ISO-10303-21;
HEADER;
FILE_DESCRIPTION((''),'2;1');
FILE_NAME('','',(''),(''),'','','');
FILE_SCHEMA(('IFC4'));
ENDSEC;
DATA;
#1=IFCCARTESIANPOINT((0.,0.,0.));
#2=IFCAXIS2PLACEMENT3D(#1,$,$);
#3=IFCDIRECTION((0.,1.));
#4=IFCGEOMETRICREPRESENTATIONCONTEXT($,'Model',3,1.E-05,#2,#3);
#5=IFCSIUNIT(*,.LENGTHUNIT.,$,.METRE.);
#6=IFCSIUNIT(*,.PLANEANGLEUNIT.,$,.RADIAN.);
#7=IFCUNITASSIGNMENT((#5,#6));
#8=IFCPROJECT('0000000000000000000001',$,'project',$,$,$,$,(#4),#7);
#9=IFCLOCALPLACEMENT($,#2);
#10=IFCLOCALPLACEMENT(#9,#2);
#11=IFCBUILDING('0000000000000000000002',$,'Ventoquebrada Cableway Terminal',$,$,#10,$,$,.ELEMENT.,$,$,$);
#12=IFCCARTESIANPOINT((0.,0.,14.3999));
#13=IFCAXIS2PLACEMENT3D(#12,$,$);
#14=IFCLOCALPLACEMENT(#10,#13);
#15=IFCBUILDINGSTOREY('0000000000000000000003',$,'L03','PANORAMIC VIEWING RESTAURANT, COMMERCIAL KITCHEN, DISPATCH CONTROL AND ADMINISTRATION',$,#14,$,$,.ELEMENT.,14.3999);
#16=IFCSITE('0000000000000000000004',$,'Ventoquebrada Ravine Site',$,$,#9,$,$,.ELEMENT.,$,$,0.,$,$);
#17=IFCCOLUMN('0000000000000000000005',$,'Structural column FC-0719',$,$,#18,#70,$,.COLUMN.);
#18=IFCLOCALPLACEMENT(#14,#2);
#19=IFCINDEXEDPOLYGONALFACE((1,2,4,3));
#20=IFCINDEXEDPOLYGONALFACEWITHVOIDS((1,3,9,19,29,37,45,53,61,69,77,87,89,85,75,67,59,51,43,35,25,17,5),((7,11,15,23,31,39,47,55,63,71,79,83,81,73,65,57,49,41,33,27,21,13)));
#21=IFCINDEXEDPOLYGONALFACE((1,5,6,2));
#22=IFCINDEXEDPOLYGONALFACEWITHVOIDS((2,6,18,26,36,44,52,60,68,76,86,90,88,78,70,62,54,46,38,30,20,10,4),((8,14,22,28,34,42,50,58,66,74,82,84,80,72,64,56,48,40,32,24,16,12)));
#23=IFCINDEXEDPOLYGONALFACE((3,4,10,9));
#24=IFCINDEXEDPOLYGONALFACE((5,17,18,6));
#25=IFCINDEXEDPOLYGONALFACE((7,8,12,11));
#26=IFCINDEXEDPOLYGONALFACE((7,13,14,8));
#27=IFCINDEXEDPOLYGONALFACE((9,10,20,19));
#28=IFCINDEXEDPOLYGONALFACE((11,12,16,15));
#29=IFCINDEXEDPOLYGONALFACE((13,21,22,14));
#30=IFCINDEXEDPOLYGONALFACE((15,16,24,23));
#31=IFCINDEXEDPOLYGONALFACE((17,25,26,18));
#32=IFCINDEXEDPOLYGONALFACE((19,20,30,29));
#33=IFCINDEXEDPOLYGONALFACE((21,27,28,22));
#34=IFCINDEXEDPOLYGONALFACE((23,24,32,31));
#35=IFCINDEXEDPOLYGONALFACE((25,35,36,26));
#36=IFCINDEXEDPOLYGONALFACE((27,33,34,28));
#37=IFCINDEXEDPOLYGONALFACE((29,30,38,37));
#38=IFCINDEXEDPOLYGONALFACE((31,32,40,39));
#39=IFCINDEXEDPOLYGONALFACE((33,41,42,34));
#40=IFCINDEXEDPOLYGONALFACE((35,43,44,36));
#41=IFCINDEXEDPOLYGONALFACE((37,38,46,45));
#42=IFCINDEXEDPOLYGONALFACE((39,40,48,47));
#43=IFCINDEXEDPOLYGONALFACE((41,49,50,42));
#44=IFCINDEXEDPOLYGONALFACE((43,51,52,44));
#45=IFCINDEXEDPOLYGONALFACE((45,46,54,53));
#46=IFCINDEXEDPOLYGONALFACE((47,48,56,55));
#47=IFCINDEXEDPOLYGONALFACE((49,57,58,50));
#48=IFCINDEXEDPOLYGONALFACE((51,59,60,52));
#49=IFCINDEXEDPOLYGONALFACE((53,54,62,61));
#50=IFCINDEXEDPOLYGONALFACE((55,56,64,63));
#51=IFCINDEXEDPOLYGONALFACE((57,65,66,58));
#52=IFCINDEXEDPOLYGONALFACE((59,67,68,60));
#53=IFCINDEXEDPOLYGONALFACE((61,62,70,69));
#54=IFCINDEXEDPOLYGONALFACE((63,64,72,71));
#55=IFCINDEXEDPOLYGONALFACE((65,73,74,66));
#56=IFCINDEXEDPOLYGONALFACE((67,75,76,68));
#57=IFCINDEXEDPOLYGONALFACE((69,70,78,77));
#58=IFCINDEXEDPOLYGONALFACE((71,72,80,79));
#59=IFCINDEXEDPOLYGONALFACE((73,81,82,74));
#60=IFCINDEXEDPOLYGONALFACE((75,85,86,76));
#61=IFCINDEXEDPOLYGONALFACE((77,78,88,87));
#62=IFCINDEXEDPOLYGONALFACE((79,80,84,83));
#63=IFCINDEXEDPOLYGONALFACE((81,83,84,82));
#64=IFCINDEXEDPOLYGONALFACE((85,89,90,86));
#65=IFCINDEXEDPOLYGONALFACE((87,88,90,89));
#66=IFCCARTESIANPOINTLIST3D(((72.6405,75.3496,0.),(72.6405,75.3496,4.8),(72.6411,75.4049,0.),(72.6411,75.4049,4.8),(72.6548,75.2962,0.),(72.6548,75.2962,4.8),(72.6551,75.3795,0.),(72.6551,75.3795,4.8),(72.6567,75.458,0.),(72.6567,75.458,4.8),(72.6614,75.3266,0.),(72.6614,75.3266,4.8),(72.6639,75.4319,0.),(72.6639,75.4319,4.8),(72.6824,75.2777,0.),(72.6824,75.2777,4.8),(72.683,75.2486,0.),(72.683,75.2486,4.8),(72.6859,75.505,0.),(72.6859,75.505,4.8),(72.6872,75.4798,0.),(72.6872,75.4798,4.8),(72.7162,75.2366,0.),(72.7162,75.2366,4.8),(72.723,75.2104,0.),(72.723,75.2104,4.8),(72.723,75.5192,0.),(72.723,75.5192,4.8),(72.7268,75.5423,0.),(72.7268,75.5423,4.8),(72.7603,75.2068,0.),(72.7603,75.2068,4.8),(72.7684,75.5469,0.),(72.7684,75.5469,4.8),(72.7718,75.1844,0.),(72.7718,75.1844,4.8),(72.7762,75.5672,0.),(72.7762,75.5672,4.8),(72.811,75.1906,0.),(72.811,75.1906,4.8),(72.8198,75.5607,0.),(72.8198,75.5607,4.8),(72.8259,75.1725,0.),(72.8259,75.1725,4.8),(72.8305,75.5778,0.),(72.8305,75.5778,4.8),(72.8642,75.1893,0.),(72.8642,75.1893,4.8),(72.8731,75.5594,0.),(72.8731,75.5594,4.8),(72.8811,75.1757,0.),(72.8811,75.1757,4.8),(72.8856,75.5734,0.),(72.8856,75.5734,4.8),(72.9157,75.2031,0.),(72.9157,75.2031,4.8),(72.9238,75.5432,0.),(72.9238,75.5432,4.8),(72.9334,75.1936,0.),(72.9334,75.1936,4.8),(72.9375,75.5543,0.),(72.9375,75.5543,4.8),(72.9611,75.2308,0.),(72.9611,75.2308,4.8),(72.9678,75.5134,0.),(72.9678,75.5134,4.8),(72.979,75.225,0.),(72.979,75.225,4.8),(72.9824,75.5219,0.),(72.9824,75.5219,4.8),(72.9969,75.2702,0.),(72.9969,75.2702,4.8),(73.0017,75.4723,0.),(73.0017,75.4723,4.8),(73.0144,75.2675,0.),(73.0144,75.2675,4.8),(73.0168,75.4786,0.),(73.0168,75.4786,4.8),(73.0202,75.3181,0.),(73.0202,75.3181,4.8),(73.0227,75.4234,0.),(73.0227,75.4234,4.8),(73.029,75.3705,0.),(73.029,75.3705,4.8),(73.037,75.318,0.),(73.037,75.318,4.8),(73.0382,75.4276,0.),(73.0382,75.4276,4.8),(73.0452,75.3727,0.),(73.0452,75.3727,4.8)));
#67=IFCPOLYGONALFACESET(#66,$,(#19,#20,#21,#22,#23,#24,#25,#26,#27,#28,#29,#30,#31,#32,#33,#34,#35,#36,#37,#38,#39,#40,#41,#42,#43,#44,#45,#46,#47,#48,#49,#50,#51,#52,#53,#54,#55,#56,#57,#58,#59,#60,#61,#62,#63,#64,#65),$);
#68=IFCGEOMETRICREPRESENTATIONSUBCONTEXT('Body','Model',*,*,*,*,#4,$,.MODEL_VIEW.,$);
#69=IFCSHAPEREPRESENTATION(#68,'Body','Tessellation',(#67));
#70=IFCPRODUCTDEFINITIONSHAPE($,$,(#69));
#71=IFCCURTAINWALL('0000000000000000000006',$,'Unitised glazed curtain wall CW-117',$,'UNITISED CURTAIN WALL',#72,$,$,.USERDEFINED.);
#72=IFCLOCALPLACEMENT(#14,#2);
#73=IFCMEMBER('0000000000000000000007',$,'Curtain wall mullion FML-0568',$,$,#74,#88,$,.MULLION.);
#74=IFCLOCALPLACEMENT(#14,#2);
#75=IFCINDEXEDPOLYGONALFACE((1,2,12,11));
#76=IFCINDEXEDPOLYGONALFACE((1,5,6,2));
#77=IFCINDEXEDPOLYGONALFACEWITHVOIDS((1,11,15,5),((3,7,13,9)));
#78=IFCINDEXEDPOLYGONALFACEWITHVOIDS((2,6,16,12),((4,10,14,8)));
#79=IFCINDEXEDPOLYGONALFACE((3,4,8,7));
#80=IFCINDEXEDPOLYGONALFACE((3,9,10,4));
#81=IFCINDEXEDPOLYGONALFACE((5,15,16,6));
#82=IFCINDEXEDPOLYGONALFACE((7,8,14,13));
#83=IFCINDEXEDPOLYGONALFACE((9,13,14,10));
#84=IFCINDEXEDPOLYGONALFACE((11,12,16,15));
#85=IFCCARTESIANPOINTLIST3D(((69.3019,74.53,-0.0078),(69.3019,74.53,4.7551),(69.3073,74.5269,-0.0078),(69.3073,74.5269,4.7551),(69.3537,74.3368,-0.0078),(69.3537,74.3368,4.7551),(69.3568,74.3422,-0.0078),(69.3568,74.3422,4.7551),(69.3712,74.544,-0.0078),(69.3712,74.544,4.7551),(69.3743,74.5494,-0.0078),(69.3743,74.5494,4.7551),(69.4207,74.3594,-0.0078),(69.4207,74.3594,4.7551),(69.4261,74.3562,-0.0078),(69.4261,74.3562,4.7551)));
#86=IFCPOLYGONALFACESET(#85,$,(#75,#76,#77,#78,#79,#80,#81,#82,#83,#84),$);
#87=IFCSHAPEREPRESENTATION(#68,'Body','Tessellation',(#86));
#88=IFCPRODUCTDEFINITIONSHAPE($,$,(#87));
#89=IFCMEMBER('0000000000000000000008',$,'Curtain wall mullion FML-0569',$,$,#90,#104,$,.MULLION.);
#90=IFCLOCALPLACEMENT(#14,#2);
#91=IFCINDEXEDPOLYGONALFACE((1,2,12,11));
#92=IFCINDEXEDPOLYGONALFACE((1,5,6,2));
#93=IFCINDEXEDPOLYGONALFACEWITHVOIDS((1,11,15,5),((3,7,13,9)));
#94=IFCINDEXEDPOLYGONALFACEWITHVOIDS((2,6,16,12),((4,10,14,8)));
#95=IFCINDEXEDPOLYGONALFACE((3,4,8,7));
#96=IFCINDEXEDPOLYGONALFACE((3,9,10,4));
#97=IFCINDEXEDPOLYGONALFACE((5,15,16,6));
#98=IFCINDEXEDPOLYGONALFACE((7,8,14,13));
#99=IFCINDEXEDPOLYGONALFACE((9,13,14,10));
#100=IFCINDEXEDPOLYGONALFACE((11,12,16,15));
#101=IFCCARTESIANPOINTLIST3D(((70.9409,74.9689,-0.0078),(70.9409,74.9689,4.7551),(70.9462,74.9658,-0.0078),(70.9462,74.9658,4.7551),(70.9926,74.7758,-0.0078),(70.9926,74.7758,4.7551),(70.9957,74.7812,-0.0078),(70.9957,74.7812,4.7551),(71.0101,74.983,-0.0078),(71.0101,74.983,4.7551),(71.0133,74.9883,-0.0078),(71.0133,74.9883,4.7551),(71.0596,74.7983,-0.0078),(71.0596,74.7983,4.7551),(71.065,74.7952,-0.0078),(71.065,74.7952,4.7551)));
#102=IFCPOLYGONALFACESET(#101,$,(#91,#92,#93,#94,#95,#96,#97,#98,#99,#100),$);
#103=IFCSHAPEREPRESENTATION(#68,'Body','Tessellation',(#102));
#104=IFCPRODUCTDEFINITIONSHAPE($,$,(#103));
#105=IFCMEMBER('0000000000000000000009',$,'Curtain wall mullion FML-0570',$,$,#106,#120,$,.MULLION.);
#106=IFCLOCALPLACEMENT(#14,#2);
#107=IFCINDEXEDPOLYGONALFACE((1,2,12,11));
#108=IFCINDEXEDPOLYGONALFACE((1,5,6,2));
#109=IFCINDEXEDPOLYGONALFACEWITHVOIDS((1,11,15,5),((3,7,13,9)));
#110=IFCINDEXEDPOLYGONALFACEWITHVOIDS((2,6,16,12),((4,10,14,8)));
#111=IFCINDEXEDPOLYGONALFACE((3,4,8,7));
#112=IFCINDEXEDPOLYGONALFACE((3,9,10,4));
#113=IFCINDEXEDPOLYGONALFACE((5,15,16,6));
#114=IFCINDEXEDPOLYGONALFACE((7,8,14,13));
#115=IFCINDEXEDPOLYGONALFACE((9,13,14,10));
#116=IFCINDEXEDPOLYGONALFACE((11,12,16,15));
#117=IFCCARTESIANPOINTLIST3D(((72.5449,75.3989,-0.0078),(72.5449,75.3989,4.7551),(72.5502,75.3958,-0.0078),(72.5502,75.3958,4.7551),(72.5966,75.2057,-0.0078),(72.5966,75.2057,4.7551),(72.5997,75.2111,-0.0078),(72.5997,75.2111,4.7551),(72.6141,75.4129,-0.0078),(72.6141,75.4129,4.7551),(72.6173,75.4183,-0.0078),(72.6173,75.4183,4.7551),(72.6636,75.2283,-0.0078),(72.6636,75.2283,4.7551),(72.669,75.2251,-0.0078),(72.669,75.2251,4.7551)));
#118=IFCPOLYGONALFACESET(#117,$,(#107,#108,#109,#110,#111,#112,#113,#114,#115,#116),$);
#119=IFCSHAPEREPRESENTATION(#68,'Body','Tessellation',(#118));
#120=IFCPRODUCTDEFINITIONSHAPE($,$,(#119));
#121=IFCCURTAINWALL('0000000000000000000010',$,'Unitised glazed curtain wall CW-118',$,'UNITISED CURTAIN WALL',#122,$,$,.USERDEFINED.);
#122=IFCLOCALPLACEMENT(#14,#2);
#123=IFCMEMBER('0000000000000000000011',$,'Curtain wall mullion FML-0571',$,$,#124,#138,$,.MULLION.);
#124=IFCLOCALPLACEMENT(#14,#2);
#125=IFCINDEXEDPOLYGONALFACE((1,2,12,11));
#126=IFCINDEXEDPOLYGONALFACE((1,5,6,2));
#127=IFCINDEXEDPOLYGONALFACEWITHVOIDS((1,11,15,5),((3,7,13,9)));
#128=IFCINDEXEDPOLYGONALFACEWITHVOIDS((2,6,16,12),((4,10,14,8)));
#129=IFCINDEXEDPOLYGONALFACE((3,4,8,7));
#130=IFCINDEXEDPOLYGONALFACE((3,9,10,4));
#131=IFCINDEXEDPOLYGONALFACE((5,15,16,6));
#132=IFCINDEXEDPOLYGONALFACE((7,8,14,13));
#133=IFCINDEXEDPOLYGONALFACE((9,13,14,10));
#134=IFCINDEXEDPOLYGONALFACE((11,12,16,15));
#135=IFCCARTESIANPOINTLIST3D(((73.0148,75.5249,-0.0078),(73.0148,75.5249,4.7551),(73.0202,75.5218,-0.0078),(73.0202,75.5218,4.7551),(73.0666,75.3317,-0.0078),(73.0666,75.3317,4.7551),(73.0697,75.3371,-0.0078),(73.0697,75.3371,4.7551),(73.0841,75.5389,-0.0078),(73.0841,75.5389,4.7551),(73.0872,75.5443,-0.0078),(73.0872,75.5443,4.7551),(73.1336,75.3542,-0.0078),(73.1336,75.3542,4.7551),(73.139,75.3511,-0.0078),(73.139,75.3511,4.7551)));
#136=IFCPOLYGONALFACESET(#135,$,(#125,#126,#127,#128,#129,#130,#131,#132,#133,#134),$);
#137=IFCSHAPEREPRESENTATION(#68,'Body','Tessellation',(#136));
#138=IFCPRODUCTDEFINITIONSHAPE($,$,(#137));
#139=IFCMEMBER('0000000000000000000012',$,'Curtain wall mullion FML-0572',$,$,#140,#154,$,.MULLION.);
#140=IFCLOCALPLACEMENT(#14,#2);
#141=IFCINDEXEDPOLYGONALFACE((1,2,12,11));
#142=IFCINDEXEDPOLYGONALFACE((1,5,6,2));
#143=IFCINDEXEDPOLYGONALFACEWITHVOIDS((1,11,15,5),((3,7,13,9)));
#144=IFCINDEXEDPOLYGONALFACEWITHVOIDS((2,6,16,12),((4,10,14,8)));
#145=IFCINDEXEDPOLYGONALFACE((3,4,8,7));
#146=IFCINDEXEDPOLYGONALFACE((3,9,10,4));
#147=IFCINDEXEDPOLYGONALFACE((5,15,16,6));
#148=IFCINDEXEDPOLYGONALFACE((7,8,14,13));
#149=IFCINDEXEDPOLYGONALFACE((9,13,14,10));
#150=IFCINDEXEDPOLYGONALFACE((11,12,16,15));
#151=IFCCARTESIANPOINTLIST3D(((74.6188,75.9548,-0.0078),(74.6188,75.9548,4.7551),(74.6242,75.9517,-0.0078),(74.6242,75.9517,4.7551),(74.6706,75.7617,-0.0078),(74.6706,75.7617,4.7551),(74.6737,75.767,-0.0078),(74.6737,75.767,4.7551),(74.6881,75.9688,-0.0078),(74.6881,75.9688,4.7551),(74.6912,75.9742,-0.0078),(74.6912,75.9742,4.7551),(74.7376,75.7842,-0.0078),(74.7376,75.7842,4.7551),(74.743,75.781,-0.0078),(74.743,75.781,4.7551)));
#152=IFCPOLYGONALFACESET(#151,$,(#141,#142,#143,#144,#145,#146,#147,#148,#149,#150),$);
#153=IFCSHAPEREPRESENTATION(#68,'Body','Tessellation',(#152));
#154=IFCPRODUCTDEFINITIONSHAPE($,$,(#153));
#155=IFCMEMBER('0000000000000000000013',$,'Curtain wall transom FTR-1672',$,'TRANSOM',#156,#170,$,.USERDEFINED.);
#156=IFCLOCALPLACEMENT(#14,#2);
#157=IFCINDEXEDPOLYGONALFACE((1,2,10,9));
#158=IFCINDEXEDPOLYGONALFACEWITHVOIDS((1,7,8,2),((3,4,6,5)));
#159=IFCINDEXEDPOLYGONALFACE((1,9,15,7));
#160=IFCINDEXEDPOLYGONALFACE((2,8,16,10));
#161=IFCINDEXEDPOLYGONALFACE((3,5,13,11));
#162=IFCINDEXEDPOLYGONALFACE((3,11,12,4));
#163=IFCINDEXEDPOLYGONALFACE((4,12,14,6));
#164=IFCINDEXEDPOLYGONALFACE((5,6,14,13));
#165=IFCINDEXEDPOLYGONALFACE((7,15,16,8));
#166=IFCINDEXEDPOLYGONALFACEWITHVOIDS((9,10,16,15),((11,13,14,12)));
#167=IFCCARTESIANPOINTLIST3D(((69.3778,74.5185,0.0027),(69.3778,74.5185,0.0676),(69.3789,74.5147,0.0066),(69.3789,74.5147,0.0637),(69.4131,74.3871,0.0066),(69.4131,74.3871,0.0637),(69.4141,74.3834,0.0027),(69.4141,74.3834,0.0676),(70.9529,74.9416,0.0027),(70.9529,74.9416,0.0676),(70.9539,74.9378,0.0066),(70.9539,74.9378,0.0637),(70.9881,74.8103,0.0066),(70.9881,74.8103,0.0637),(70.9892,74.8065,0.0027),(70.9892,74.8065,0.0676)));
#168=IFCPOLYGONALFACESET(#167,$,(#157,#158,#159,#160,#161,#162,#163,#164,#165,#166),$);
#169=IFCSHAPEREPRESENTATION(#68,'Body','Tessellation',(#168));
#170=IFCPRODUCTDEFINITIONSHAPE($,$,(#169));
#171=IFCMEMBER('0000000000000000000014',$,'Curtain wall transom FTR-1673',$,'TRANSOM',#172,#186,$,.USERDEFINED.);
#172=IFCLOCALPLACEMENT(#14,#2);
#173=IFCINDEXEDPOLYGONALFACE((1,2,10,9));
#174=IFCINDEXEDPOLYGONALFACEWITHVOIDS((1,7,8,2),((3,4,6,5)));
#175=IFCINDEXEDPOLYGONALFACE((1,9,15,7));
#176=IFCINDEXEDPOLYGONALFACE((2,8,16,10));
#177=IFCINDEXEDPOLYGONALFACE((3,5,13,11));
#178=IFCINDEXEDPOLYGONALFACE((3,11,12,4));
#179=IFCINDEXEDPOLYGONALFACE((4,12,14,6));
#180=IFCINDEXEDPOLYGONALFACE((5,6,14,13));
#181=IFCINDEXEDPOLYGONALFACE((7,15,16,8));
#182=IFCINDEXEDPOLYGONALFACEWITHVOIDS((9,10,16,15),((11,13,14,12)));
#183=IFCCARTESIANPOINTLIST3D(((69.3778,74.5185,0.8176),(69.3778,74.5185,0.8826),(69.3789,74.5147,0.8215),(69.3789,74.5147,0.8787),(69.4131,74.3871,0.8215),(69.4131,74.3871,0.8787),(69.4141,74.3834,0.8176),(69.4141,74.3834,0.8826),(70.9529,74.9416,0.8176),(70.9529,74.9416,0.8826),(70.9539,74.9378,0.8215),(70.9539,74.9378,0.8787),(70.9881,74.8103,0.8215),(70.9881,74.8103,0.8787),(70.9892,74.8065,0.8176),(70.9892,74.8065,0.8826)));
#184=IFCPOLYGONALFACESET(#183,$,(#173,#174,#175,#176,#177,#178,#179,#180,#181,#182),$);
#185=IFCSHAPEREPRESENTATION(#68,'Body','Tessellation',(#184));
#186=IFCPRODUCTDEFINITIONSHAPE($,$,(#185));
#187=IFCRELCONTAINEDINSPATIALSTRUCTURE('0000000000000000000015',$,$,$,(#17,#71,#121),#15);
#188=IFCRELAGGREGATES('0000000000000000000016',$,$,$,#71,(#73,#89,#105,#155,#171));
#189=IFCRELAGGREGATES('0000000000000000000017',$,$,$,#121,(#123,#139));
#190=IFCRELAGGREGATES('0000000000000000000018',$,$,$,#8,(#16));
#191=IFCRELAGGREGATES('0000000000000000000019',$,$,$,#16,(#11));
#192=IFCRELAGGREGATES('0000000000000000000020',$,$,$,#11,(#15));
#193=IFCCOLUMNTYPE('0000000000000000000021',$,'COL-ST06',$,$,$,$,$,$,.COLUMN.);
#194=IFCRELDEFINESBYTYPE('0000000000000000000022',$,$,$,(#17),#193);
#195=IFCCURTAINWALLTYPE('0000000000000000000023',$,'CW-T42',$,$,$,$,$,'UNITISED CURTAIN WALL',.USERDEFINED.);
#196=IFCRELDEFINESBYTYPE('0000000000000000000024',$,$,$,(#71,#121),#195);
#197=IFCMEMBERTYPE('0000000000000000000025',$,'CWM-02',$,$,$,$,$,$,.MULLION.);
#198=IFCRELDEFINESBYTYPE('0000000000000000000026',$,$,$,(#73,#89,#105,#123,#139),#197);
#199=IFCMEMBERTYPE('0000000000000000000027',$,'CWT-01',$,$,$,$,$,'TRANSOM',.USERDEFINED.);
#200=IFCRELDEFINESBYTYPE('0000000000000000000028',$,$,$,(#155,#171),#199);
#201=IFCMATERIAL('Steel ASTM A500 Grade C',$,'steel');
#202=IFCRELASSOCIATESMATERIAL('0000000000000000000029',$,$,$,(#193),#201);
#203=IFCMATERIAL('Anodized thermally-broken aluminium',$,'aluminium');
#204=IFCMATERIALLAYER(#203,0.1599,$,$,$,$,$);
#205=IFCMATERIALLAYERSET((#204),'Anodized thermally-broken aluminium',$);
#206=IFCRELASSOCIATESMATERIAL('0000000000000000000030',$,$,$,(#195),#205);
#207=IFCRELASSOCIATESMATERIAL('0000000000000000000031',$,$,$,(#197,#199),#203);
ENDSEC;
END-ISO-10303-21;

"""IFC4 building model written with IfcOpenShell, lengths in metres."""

from ifc_helpers import new_model, si_unit, direction, frame, origin, origin_2d, place, context, subcontext, project, spatial, hollow_rectangle, hollow_circle, extrude, material, layer, layer_set, material_profile, profile_set, type_object, element, aggregate, save


model = new_model("IFC4")

# Units and contexts
model_context = context("Model", 3, precision=1e-05, world=origin(), true_north=direction((0.0, 1.0)))
body_context = subcontext(model_context, "Body", "Model", "MODEL_VIEW")
ifc_project = project(units=[si_unit("LENGTHUNIT", "METRE"), si_unit("PLANEANGLEUNIT", "RADIAN")], contexts=[model_context])

# Site, building, storey
site_placement = place(None, origin())
site = spatial("IfcSite", under=ifc_project, at=site_placement, Name="Ventoquebrada Ravine Site", CompositionType="ELEMENT", RefElevation=0.0)
building_placement = place(site_placement, origin())
building = spatial("IfcBuilding", under=site, at=building_placement, Name="Ventoquebrada Cableway Terminal", CompositionType="ELEMENT")
storey_placement = place(building_placement, frame((0.0, 0.0, 14.3999)))
storey = spatial("IfcBuildingStorey", under=building, at=storey_placement, Name="L03", Description="PANORAMIC VIEWING RESTAURANT, COMMERCIAL KITCHEN, DISPATCH CONTROL AND ADMINISTRATION", CompositionType="ELEMENT", Elevation=14.3999)

# Column
ifc_material_1 = material(Name="Steel ASTM A500 Grade C", Category="steel")
ifc_material_profile_1 = material_profile(ifc_material_1, hollow_circle(Radius=0.2031, WallThickness=0.0161, at=origin_2d()), Name="CHS406.4X16")
ifc_profile_set_1 = profile_set([ifc_material_profile_1], Name="Steel ASTM A500 Grade C")
column_type = type_object("IfcColumnType", Name="COL-ST06", PredefinedType="COLUMN", material=ifc_profile_set_1)
column_placement = place(storey_placement, frame((72.842, 75.375, 0.0), z_axis=(0.0, 0.0, 1.0), x_axis=(0.965926, 0.258819, 0.0)))
element("IfcColumn", 1, at=column_placement, inside=storey, type_object=column_type, Name="Structural column FC-0719", PredefinedType="COLUMN", context=body_context, shape_type="SweptSolid", body=[
    extrude(hollow_circle(Radius=0.2031, WallThickness=0.0161, at=origin_2d()), origin(), (0.0, 0.0, 1.0), 4.8),
])

# Curtain walls, members
ifc_material_2 = material(Name="Anodized thermally-broken aluminium", Category="aluminium")
ifc_layer_1 = layer(ifc_material_2, 0.1599)
ifc_layer_set_1 = layer_set([ifc_layer_1], Name="Anodized thermally-broken aluminium")
curtain_wall_type = type_object("IfcCurtainWallType", Name="CW-T42", ElementType="UNITISED CURTAIN WALL", PredefinedType="USERDEFINED", material=ifc_layer_set_1)
curtain_wall_1_placement = place(storey_placement, origin())
curtain_wall_1 = element("IfcCurtainWall", 2, at=curtain_wall_1_placement, inside=storey, type_object=curtain_wall_type, Name="Unitised glazed curtain wall CW-117", ObjectType="UNITISED CURTAIN WALL", PredefinedType="USERDEFINED")
ifc_material_profile_2 = material_profile(ifc_material_2, hollow_rectangle(XDim=0.075, YDim=0.2, WallThickness=0.0044, at=origin_2d()), Name="CW-MUL-75X200")
ifc_profile_set_2 = profile_set([ifc_material_profile_2], Name="Anodized thermally-broken aluminium")
member_type_1 = type_object("IfcMemberType", Name="CWM-02", PredefinedType="MULLION", material=ifc_profile_set_2)
member_1_placement = place(storey_placement, frame((69.364, 74.4431, -0.0078), z_axis=(0.0, 0.0, 1.0), x_axis=(0.965921, 0.258836, 0.0)))
member_1 = element("IfcMember", 3, at=member_1_placement, type_object=member_type_1, Name="Curtain wall mullion FML-0568", PredefinedType="MULLION", context=body_context, shape_type="SweptSolid", body=[
    extrude(hollow_rectangle(XDim=0.075, YDim=0.2, WallThickness=0.0044, at=origin_2d()), origin(), (0.0, 0.0, 1.0), 4.7629),
])
member_2_placement = place(storey_placement, frame((71.0029, 74.8821, -0.0078), z_axis=(0.0, 0.0, 1.0), x_axis=(0.965921, 0.258836, 0.0)))
member_2 = element("IfcMember", 4, at=member_2_placement, type_object=member_type_1, Name="Curtain wall mullion FML-0569", PredefinedType="MULLION", context=body_context, shape_type="SweptSolid", body=[
    extrude(hollow_rectangle(XDim=0.075, YDim=0.2, WallThickness=0.0044, at=origin_2d()), origin(), (0.0, 0.0, 1.0), 4.7629),
])
member_3_placement = place(storey_placement, frame((72.6069, 75.312, -0.0078), z_axis=(0.0, 0.0, 1.0), x_axis=(0.965921, 0.258836, 0.0)))
member_3 = element("IfcMember", 5, at=member_3_placement, type_object=member_type_1, Name="Curtain wall mullion FML-0570", PredefinedType="MULLION", context=body_context, shape_type="SweptSolid", body=[
    extrude(hollow_rectangle(XDim=0.075, YDim=0.2, WallThickness=0.0044, at=origin_2d()), origin(), (0.0, 0.0, 1.0), 4.7629),
])
curtain_wall_2_placement = place(storey_placement, origin())
curtain_wall_2 = element("IfcCurtainWall", 6, at=curtain_wall_2_placement, inside=storey, type_object=curtain_wall_type, Name="Unitised glazed curtain wall CW-118", ObjectType="UNITISED CURTAIN WALL", PredefinedType="USERDEFINED")
member_4_placement = place(storey_placement, frame((73.0769, 75.438, -0.0078), z_axis=(0.0, 0.0, 1.0), x_axis=(0.965957, 0.258701, 0.0)))
member_4 = element("IfcMember", 7, at=member_4_placement, type_object=member_type_1, Name="Curtain wall mullion FML-0571", PredefinedType="MULLION", context=body_context, shape_type="SweptSolid", body=[
    extrude(hollow_rectangle(XDim=0.075, YDim=0.2, WallThickness=0.0044, at=origin_2d()), origin(), (0.0, 0.0, 1.0), 4.7629),
])
member_5_placement = place(storey_placement, frame((74.6809, 75.8679, -0.0078), z_axis=(0.0, 0.0, 1.0), x_axis=(0.965957, 0.258701, 0.0)))
member_5 = element("IfcMember", 8, at=member_5_placement, type_object=member_type_1, Name="Curtain wall mullion FML-0572", PredefinedType="MULLION", context=body_context, shape_type="SweptSolid", body=[
    extrude(hollow_rectangle(XDim=0.075, YDim=0.2, WallThickness=0.0044, at=origin_2d()), origin(), (0.0, 0.0, 1.0), 4.7629),
])

# Members
ifc_material_profile_3 = material_profile(ifc_material_2, hollow_rectangle(XDim=0.0649, YDim=0.1399, WallThickness=0.0039, at=origin_2d()), Name="CW-TRN-65X140")
ifc_profile_set_3 = profile_set([ifc_material_profile_3], Name="Anodized thermally-broken aluminium")
member_type_2 = type_object("IfcMemberType", Name="CWT-01", ElementType="TRANSOM", PredefinedType="USERDEFINED", material=ifc_profile_set_3)
member_6_placement = place(storey_placement, frame((69.396, 74.4509, 0.0352), z_axis=(0.965759, 0.259442, 0.0), x_axis=(0.0, 0.0, 1.0)))
member_6 = element("IfcMember", 9, at=member_6_placement, type_object=member_type_2, Name="Curtain wall transom FTR-1672", ObjectType="TRANSOM", PredefinedType="USERDEFINED", context=body_context, shape_type="SweptSolid", body=[
    extrude(hollow_rectangle(XDim=0.0649, YDim=0.1399, WallThickness=0.0039, at=origin_2d()), origin(), (0.0, 0.0, 1.0), 1.6309),
])
member_7_placement = place(storey_placement, frame((69.396, 74.4509, 0.8501), z_axis=(0.965759, 0.259442, 0.0), x_axis=(0.0, 0.0, 1.0)))
member_7 = element("IfcMember", 10, at=member_7_placement, type_object=member_type_2, Name="Curtain wall transom FTR-1673", ObjectType="TRANSOM", PredefinedType="USERDEFINED", context=body_context, shape_type="SweptSolid", body=[
    extrude(hollow_rectangle(XDim=0.0649, YDim=0.1399, WallThickness=0.0039, at=origin_2d()), origin(), (0.0, 0.0, 1.0), 1.6309),
])

aggregate(curtain_wall_1, [member_1, member_2, member_3, member_6, member_7])
aggregate(curtain_wall_2, [member_4, member_5])

save(model, "model.ifc")
